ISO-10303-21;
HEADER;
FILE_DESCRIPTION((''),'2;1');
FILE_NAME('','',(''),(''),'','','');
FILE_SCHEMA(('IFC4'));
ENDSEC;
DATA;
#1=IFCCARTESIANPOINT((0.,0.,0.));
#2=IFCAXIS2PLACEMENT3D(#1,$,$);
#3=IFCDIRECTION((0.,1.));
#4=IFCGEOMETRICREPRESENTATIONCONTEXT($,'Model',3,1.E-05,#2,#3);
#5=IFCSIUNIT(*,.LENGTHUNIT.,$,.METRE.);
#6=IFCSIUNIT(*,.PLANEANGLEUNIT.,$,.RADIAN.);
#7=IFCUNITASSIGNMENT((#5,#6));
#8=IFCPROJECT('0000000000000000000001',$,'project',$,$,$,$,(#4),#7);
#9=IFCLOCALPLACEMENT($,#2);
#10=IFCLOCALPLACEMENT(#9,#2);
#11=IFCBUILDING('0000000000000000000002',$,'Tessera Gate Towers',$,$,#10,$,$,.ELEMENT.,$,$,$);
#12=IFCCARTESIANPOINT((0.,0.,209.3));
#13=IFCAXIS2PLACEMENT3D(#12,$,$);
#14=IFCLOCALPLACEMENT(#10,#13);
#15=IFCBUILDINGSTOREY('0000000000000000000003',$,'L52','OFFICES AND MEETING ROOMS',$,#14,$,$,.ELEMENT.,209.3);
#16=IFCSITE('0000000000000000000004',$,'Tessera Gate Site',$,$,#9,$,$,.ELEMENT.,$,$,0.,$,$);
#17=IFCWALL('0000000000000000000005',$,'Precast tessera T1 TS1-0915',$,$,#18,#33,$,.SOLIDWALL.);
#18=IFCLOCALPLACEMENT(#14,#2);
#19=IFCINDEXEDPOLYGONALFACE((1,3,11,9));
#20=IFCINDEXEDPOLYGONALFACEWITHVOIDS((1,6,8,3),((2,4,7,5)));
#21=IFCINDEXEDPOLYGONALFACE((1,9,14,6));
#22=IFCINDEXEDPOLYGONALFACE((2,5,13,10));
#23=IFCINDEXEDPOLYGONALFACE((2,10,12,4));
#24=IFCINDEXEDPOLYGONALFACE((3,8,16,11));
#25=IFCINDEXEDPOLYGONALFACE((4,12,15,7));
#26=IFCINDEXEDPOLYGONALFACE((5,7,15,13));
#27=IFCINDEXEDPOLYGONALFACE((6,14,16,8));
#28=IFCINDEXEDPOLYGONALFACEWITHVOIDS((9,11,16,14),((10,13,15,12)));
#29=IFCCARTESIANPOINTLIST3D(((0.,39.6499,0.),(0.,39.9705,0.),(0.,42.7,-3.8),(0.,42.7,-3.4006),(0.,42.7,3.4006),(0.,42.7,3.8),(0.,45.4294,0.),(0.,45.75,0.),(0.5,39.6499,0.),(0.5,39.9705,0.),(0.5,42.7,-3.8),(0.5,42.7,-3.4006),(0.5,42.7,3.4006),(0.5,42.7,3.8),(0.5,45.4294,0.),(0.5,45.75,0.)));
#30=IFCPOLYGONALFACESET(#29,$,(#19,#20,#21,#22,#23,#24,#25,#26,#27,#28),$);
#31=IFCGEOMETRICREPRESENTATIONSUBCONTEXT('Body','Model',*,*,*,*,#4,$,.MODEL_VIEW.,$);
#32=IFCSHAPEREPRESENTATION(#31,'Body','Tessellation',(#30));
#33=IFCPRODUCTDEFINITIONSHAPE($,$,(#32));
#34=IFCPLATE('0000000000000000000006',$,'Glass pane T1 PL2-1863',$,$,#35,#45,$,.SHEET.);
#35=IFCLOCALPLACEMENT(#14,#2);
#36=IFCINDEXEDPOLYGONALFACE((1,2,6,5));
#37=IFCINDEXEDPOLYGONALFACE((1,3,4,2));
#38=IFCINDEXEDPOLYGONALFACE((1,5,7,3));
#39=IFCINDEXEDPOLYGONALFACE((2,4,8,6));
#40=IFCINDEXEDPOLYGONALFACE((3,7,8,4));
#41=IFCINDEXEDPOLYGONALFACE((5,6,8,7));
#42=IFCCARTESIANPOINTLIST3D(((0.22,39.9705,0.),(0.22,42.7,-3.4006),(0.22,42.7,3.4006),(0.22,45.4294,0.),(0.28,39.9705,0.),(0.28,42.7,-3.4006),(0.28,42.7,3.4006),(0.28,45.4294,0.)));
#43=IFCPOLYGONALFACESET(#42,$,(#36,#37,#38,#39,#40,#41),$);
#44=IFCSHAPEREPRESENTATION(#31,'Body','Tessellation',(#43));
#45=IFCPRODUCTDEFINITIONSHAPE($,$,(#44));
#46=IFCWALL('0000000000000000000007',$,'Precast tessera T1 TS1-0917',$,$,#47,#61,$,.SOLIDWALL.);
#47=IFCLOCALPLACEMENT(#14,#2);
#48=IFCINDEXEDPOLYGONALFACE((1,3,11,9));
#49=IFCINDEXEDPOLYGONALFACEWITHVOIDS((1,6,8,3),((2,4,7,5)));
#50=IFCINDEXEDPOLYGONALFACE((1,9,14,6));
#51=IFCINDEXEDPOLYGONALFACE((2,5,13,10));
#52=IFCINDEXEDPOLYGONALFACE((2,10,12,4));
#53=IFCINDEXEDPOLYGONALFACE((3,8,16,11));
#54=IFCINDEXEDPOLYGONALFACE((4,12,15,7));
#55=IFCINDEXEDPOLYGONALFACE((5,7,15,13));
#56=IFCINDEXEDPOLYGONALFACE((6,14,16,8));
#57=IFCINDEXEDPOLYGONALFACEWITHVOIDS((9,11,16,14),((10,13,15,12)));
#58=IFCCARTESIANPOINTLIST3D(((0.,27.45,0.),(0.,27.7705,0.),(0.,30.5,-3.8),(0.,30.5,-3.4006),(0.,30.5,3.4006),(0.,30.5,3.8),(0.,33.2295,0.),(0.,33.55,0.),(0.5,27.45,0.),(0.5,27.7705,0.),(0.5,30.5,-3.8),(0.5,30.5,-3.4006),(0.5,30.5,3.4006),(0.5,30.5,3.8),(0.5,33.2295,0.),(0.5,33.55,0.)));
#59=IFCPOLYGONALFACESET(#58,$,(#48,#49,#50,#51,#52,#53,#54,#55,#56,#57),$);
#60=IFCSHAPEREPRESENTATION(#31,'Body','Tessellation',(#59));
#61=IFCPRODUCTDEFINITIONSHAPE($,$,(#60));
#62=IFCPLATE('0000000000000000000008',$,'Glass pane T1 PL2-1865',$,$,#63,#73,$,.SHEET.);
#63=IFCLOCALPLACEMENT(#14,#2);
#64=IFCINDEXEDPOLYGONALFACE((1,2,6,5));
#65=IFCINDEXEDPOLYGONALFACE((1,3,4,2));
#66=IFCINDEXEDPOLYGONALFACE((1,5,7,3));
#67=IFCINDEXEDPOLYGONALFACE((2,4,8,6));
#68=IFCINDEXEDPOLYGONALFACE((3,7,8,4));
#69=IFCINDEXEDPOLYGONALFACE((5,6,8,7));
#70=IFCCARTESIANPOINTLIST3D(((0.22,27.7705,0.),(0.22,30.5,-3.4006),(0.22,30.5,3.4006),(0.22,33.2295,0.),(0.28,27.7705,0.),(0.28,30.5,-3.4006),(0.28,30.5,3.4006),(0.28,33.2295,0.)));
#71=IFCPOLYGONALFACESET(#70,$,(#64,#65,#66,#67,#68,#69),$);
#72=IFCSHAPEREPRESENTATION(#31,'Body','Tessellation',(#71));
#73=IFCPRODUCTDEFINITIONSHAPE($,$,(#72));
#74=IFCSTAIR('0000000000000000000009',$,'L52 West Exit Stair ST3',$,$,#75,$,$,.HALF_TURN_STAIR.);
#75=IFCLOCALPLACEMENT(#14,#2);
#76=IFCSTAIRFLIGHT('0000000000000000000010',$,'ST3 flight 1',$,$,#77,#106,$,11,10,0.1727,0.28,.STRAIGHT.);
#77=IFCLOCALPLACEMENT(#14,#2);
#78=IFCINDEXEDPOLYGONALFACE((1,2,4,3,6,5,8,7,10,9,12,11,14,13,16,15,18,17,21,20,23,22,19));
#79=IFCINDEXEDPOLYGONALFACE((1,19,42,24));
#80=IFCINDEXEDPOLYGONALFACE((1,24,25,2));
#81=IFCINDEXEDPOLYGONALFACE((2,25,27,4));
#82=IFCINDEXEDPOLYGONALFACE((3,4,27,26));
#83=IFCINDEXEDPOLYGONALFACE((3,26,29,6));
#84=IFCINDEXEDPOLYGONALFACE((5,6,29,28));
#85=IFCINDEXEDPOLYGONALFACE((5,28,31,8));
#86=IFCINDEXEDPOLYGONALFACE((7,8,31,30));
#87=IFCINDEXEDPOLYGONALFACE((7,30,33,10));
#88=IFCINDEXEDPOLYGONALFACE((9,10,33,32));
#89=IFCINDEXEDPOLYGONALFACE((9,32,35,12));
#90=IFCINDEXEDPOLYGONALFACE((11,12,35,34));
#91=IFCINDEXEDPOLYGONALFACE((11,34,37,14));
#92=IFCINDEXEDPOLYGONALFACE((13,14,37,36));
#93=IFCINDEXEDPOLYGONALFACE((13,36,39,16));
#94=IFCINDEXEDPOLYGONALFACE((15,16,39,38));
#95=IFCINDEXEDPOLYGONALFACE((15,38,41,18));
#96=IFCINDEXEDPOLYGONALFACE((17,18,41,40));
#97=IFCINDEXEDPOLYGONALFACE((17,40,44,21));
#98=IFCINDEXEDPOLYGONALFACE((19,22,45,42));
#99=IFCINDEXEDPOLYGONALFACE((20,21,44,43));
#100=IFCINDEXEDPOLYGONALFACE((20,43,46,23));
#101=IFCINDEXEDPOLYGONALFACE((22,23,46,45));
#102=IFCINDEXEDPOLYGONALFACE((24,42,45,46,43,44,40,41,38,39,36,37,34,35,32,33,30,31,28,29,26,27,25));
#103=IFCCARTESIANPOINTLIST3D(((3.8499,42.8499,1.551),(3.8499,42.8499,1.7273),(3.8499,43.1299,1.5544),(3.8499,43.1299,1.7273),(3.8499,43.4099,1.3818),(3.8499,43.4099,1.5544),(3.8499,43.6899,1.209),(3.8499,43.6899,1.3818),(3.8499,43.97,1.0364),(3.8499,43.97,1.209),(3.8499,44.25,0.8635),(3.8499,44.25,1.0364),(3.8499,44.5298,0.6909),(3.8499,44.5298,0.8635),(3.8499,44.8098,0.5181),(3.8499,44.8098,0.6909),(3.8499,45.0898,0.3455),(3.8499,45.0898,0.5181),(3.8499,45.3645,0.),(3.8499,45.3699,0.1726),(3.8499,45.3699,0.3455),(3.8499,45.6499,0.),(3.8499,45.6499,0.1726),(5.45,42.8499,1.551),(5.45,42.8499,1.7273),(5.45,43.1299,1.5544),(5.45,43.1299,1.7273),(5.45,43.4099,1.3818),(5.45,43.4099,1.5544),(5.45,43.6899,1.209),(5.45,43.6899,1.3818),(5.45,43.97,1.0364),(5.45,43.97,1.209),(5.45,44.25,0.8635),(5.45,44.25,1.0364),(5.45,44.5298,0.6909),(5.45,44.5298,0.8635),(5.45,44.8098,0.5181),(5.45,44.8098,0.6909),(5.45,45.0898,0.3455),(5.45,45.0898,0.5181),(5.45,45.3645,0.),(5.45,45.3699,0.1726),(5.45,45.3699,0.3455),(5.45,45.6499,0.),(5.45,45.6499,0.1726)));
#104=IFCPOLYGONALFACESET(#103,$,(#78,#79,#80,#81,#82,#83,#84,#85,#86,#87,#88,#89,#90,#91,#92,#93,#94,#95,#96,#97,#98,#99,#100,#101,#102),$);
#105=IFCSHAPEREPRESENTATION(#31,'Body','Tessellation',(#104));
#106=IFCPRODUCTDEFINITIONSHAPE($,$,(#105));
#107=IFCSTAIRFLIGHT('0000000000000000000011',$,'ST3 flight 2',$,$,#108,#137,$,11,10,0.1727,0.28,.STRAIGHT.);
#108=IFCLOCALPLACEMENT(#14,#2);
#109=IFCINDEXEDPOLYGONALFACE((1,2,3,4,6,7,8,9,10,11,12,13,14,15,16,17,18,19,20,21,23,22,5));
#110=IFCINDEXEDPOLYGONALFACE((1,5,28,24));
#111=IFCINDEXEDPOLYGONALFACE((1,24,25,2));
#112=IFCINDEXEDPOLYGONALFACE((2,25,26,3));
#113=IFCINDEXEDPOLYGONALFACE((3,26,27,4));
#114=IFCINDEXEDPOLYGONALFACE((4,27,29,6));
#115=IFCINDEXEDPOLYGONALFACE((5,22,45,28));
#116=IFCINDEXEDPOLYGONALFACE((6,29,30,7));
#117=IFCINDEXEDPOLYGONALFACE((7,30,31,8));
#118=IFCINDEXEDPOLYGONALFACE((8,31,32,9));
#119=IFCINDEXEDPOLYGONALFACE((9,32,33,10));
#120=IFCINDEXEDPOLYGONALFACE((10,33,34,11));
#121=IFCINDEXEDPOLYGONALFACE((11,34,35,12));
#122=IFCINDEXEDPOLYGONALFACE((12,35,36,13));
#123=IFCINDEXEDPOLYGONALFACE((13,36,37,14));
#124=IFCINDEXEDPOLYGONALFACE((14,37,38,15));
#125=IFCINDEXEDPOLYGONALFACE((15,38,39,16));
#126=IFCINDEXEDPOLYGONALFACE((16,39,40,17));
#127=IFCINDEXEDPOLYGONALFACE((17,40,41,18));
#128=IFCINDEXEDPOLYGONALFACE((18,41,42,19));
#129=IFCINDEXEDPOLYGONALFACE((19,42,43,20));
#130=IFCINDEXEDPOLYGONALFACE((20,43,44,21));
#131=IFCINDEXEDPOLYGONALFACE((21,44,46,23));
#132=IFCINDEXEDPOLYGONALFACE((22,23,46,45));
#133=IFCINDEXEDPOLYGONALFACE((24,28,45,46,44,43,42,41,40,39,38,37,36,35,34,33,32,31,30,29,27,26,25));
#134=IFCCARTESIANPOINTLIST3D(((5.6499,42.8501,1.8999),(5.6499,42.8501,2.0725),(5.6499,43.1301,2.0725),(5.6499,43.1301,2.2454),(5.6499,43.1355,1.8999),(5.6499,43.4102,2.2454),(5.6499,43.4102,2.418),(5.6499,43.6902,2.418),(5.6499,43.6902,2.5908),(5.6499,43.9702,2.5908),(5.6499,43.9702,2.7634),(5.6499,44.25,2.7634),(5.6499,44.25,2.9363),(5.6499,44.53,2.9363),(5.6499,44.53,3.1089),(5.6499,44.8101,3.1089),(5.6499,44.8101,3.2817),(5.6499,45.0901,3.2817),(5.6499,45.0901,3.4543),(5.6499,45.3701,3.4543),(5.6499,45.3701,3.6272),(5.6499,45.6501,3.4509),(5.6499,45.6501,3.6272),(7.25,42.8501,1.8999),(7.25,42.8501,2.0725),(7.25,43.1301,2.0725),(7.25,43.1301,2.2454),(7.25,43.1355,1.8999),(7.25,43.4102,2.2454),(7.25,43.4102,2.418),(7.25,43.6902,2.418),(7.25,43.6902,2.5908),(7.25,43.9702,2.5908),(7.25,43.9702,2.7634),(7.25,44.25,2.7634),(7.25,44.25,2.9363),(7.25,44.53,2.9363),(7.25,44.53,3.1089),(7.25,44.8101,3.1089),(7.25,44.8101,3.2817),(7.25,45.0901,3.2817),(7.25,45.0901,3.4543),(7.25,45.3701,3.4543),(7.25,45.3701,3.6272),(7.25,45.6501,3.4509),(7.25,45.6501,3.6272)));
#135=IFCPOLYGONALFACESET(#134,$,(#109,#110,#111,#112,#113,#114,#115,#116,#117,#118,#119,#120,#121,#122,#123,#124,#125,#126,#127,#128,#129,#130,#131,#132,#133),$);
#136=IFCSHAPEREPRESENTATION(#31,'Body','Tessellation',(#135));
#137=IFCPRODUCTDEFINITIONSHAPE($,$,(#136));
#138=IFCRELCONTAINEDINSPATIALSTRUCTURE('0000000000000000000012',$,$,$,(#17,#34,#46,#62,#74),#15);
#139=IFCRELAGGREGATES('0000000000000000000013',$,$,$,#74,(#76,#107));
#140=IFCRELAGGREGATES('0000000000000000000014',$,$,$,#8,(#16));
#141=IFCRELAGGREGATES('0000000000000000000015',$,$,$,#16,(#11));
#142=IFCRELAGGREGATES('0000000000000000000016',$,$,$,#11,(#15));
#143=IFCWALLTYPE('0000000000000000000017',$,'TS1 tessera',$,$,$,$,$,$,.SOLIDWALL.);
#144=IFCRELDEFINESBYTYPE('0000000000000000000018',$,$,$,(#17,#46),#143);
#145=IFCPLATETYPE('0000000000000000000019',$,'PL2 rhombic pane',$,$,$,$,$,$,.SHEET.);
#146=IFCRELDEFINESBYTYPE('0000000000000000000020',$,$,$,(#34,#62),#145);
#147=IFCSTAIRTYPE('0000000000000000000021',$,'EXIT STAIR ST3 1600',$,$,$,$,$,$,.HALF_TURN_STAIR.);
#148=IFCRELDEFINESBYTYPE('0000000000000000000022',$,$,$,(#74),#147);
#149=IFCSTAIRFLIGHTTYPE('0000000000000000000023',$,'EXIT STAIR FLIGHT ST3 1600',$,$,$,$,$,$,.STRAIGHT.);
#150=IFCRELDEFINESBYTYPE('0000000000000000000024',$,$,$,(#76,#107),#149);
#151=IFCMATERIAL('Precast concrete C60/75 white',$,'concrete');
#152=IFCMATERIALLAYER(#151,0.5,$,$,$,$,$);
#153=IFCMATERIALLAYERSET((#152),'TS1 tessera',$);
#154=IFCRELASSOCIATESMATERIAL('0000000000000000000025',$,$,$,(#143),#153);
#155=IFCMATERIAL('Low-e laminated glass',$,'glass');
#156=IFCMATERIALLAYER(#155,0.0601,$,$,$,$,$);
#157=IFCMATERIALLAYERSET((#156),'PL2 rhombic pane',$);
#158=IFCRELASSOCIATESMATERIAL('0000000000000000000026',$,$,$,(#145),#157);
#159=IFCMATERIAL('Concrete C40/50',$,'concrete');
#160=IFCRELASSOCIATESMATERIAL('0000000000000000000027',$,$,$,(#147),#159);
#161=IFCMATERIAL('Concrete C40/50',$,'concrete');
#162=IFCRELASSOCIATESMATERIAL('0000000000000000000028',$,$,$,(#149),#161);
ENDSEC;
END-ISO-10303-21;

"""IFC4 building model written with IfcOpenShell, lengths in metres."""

from ifc_helpers import new_model, si_unit, direction, frame, origin, place, context, subcontext, project, spatial, polyline, outline, extrude, source, transform, mapped, material, layer, layer_set, type_object, element, fill, aggregate, save


model = new_model("IFC4")

# Units and contexts
model_context = context("Model", 3, precision=1e-05, world=origin(), true_north=direction((0.0, 1.0)))
body_context = subcontext(model_context, "Body", "Model", "MODEL_VIEW")
ifc_project = project(units=[si_unit("LENGTHUNIT", "METRE"), si_unit("PLANEANGLEUNIT", "RADIAN")], contexts=[model_context])

# Site, building, storey
site_placement = place(None, origin())
site = spatial("IfcSite", under=ifc_project, at=site_placement, Name="Tessera Gate Site", CompositionType="ELEMENT", RefElevation=0.0)
building_placement = place(site_placement, origin())
building = spatial("IfcBuilding", under=site, at=building_placement, Name="Tessera Gate Towers", CompositionType="ELEMENT")
storey_placement = place(building_placement, frame((0.0, 0.0, 209.3)))
storey = spatial("IfcBuildingStorey", under=building, at=storey_placement, Name="L52", Description="OFFICES AND MEETING ROOMS", CompositionType="ELEMENT", Elevation=209.3)

# Walls, openings, plates
ifc_material_1 = material(Name="Precast concrete C60/75 white", Category="concrete")
ifc_layer_1 = layer(ifc_material_1, 0.5)
ifc_layer_set_1 = layer_set([ifc_layer_1], Name="TS1 tessera")
wall_type_1 = type_object("IfcWallType", Name="TS1 tessera", PredefinedType="SOLIDWALL", material=ifc_layer_set_1)
shared_shape_1 = source(origin(), body_context, "Body", "SweptSolid", [
    extrude(outline(polyline([(3.05, 0.0), (6.1001, 3.8), (3.05, 7.6001), (0.0, 3.8), (3.05, 0.0)])), frame((0.0, 0.25, 0.0), z_axis=(0.0, -1.0, 0.0), x_axis=(1.0, 0.0, 0.0)), (0.0, 0.0, 1.0), 0.5),
])
wall_1_placement = place(storey_placement, frame((0.25, 45.75, -3.8), z_axis=(0.0, 0.0, 1.0), x_axis=(0.0, -1.0, 0.0)))
wall_1 = element("IfcWall", 1, at=wall_1_placement, inside=storey, type_object=wall_type_1, Name="Precast tessera T1 TS1-0915", PredefinedType="SOLIDWALL", context=body_context, shape_type="MappedRepresentation", body=[
    mapped(shared_shape_1, transform((0.0, 0.0, 0.0), scale=1.0)),
])
shared_shape_2 = source(origin(), body_context, "Body", "SweptSolid", [
    extrude(outline(polyline([(3.05, 0.3994), (5.7795, 3.8), (3.05, 7.2007), (0.3206, 3.8), (3.05, 0.3994)])), frame((0.0, 0.26, 0.0), z_axis=(0.0, -1.0, 0.0), x_axis=(1.0, 0.0, 0.0)), (0.0, 0.0, 1.0), 0.52),
])
opening_1_placement = place(wall_1_placement, origin())
opening_1 = element("IfcOpeningElement", 2, at=opening_1_placement, cuts=wall_1, PredefinedType="OPENING", context=body_context, shape_type="MappedRepresentation", body=[
    mapped(shared_shape_2, transform((0.0, 0.0, 0.0), scale=1.0)),
])
ifc_material_2 = material(Name="Low-e laminated glass", Category="glass")
ifc_layer_2 = layer(ifc_material_2, 0.0601)
ifc_layer_set_2 = layer_set([ifc_layer_2], Name="PL2 rhombic pane")
plate_type = type_object("IfcPlateType", Name="PL2 rhombic pane", PredefinedType="SHEET", material=ifc_layer_set_2)
shared_shape_3 = source(origin(), body_context, "Body", "SweptSolid", [
    extrude(outline(polyline([(3.05, 0.3994), (5.7795, 3.8), (3.05, 7.2007), (0.3206, 3.8), (3.05, 0.3994)])), frame((0.0, 0.03, 0.0), z_axis=(0.0, -1.0, 0.0), x_axis=(1.0, 0.0, 0.0)), (0.0, 0.0, 1.0), 0.0601),
])
plate_1_placement = place(opening_1_placement, origin())
plate_1 = element("IfcPlate", 3, at=plate_1_placement, inside=storey, type_object=plate_type, Name="Glass pane T1 PL2-1863", PredefinedType="SHEET", context=body_context, shape_type="MappedRepresentation", body=[
    mapped(shared_shape_3, transform((0.0, 0.0, 0.0), scale=1.0)),
])
fill(opening_1, plate_1)
wall_2_placement = place(storey_placement, frame((0.25, 33.55, -3.8), z_axis=(0.0, 0.0, 1.0), x_axis=(0.0, -1.0, 0.0)))
wall_2 = element("IfcWall", 4, at=wall_2_placement, inside=storey, type_object=wall_type_1, Name="Precast tessera T1 TS1-0917", PredefinedType="SOLIDWALL", context=body_context, shape_type="MappedRepresentation", body=[
    mapped(shared_shape_1, transform((0.0, 0.0, 0.0), scale=1.0)),
])
opening_2_placement = place(wall_2_placement, origin())
opening_2 = element("IfcOpeningElement", 5, at=opening_2_placement, cuts=wall_2, PredefinedType="OPENING", context=body_context, shape_type="MappedRepresentation", body=[
    mapped(shared_shape_2, transform((0.0, 0.0, 0.0), scale=1.0)),
])
plate_2_placement = place(opening_2_placement, origin())
plate_2 = element("IfcPlate", 6, at=plate_2_placement, inside=storey, type_object=plate_type, Name="Glass pane T1 PL2-1865", PredefinedType="SHEET", context=body_context, shape_type="MappedRepresentation", body=[
    mapped(shared_shape_3, transform((0.0, 0.0, 0.0), scale=1.0)),
])
fill(opening_2, plate_2)

# Stair, stair flights
ifc_material_3 = material(Name="Concrete C40/50", Category="concrete")
stair_type = type_object("IfcStairType", Name="EXIT STAIR ST3 1600", PredefinedType="HALF_TURN_STAIR", material=ifc_material_3)
stair_placement = place(storey_placement, origin())
stair = element("IfcStair", 7, at=stair_placement, inside=storey, type_object=stair_type, Name="L52 West Exit Stair ST3", PredefinedType="HALF_TURN_STAIR")
ifc_material_4 = material(Name="Concrete C40/50", Category="concrete")
stair_flight_type = type_object("IfcStairFlightType", Name="EXIT STAIR FLIGHT ST3 1600", PredefinedType="STRAIGHT", material=ifc_material_4)
stair_flight_1_placement = place(storey_placement, frame((4.6499, 45.6499, 0.0), z_axis=(0.0, 0.0, 1.0), x_axis=(0.0, -1.0, 0.0)))
stair_flight_1 = element("IfcStairFlight", 8, at=stair_flight_1_placement, type_object=stair_flight_type, Name="ST3 flight 1", NumberOfRisers=11, NumberOfTreads=10, PredefinedType="STRAIGHT", RiserHeight=0.1727, TreadLength=0.28, context=body_context, shape_type="SweptSolid", body=[
    extrude(outline(polyline([(0.0, 0.0), (0.0, 0.1726), (0.28, 0.1726), (0.28, 0.3455), (0.5601, 0.3455), (0.5601, 0.5181), (0.8401, 0.5181), (0.8401, 0.6909), (1.1201, 0.6909), (1.1201, 0.8635), (1.3999, 0.8635), (1.3999, 1.0364), (1.6799, 1.0364), (1.6799, 1.209), (1.96, 1.209), (1.96, 1.3818), (2.24, 1.3818), (2.24, 1.5544), (2.52, 1.5544), (2.52, 1.7273), (2.8, 1.7273), (2.8, 1.8999), (2.8, 1.551), (0.2854, 0.0), (0.0, 0.0)])), frame((0.0, 0.8, 0.0), z_axis=(0.0, -1.0, 0.0), x_axis=(1.0, 0.0, 0.0)), (0.0, 0.0, 1.0), 1.6001),
])
stair_flight_2_placement = place(storey_placement, frame((6.45, 42.8501, 1.8999), z_axis=(0.0, 0.0, 1.0), x_axis=(0.0, 1.0, 0.0)))
stair_flight_2 = element("IfcStairFlight", 9, at=stair_flight_2_placement, type_object=stair_flight_type, Name="ST3 flight 2", NumberOfRisers=11, NumberOfTreads=10, PredefinedType="STRAIGHT", RiserHeight=0.1727, TreadLength=0.28, context=body_context, shape_type="SweptSolid", body=[
    extrude(outline(polyline([(0.0, 0.0), (0.0, 0.1726), (0.28, 0.1726), (0.28, 0.3455), (0.5601, 0.3455), (0.5601, 0.5181), (0.8401, 0.5181), (0.8401, 0.6909), (1.1201, 0.6909), (1.1201, 0.8635), (1.3999, 0.8635), (1.3999, 1.0364), (1.6799, 1.0364), (1.6799, 1.209), (1.96, 1.209), (1.96, 1.3818), (2.24, 1.3818), (2.24, 1.5544), (2.52, 1.5544), (2.52, 1.7273), (2.8, 1.7273), (2.8, 1.8999), (2.8, 1.551), (0.2854, 0.0), (0.0, 0.0)])), frame((0.0, 0.8, 0.0), z_axis=(0.0, -1.0, 0.0), x_axis=(1.0, 0.0, 0.0)), (0.0, 0.0, 1.0), 1.6001),
])
aggregate(stair, [stair_flight_1, stair_flight_2])

save(model, "model.ifc")
